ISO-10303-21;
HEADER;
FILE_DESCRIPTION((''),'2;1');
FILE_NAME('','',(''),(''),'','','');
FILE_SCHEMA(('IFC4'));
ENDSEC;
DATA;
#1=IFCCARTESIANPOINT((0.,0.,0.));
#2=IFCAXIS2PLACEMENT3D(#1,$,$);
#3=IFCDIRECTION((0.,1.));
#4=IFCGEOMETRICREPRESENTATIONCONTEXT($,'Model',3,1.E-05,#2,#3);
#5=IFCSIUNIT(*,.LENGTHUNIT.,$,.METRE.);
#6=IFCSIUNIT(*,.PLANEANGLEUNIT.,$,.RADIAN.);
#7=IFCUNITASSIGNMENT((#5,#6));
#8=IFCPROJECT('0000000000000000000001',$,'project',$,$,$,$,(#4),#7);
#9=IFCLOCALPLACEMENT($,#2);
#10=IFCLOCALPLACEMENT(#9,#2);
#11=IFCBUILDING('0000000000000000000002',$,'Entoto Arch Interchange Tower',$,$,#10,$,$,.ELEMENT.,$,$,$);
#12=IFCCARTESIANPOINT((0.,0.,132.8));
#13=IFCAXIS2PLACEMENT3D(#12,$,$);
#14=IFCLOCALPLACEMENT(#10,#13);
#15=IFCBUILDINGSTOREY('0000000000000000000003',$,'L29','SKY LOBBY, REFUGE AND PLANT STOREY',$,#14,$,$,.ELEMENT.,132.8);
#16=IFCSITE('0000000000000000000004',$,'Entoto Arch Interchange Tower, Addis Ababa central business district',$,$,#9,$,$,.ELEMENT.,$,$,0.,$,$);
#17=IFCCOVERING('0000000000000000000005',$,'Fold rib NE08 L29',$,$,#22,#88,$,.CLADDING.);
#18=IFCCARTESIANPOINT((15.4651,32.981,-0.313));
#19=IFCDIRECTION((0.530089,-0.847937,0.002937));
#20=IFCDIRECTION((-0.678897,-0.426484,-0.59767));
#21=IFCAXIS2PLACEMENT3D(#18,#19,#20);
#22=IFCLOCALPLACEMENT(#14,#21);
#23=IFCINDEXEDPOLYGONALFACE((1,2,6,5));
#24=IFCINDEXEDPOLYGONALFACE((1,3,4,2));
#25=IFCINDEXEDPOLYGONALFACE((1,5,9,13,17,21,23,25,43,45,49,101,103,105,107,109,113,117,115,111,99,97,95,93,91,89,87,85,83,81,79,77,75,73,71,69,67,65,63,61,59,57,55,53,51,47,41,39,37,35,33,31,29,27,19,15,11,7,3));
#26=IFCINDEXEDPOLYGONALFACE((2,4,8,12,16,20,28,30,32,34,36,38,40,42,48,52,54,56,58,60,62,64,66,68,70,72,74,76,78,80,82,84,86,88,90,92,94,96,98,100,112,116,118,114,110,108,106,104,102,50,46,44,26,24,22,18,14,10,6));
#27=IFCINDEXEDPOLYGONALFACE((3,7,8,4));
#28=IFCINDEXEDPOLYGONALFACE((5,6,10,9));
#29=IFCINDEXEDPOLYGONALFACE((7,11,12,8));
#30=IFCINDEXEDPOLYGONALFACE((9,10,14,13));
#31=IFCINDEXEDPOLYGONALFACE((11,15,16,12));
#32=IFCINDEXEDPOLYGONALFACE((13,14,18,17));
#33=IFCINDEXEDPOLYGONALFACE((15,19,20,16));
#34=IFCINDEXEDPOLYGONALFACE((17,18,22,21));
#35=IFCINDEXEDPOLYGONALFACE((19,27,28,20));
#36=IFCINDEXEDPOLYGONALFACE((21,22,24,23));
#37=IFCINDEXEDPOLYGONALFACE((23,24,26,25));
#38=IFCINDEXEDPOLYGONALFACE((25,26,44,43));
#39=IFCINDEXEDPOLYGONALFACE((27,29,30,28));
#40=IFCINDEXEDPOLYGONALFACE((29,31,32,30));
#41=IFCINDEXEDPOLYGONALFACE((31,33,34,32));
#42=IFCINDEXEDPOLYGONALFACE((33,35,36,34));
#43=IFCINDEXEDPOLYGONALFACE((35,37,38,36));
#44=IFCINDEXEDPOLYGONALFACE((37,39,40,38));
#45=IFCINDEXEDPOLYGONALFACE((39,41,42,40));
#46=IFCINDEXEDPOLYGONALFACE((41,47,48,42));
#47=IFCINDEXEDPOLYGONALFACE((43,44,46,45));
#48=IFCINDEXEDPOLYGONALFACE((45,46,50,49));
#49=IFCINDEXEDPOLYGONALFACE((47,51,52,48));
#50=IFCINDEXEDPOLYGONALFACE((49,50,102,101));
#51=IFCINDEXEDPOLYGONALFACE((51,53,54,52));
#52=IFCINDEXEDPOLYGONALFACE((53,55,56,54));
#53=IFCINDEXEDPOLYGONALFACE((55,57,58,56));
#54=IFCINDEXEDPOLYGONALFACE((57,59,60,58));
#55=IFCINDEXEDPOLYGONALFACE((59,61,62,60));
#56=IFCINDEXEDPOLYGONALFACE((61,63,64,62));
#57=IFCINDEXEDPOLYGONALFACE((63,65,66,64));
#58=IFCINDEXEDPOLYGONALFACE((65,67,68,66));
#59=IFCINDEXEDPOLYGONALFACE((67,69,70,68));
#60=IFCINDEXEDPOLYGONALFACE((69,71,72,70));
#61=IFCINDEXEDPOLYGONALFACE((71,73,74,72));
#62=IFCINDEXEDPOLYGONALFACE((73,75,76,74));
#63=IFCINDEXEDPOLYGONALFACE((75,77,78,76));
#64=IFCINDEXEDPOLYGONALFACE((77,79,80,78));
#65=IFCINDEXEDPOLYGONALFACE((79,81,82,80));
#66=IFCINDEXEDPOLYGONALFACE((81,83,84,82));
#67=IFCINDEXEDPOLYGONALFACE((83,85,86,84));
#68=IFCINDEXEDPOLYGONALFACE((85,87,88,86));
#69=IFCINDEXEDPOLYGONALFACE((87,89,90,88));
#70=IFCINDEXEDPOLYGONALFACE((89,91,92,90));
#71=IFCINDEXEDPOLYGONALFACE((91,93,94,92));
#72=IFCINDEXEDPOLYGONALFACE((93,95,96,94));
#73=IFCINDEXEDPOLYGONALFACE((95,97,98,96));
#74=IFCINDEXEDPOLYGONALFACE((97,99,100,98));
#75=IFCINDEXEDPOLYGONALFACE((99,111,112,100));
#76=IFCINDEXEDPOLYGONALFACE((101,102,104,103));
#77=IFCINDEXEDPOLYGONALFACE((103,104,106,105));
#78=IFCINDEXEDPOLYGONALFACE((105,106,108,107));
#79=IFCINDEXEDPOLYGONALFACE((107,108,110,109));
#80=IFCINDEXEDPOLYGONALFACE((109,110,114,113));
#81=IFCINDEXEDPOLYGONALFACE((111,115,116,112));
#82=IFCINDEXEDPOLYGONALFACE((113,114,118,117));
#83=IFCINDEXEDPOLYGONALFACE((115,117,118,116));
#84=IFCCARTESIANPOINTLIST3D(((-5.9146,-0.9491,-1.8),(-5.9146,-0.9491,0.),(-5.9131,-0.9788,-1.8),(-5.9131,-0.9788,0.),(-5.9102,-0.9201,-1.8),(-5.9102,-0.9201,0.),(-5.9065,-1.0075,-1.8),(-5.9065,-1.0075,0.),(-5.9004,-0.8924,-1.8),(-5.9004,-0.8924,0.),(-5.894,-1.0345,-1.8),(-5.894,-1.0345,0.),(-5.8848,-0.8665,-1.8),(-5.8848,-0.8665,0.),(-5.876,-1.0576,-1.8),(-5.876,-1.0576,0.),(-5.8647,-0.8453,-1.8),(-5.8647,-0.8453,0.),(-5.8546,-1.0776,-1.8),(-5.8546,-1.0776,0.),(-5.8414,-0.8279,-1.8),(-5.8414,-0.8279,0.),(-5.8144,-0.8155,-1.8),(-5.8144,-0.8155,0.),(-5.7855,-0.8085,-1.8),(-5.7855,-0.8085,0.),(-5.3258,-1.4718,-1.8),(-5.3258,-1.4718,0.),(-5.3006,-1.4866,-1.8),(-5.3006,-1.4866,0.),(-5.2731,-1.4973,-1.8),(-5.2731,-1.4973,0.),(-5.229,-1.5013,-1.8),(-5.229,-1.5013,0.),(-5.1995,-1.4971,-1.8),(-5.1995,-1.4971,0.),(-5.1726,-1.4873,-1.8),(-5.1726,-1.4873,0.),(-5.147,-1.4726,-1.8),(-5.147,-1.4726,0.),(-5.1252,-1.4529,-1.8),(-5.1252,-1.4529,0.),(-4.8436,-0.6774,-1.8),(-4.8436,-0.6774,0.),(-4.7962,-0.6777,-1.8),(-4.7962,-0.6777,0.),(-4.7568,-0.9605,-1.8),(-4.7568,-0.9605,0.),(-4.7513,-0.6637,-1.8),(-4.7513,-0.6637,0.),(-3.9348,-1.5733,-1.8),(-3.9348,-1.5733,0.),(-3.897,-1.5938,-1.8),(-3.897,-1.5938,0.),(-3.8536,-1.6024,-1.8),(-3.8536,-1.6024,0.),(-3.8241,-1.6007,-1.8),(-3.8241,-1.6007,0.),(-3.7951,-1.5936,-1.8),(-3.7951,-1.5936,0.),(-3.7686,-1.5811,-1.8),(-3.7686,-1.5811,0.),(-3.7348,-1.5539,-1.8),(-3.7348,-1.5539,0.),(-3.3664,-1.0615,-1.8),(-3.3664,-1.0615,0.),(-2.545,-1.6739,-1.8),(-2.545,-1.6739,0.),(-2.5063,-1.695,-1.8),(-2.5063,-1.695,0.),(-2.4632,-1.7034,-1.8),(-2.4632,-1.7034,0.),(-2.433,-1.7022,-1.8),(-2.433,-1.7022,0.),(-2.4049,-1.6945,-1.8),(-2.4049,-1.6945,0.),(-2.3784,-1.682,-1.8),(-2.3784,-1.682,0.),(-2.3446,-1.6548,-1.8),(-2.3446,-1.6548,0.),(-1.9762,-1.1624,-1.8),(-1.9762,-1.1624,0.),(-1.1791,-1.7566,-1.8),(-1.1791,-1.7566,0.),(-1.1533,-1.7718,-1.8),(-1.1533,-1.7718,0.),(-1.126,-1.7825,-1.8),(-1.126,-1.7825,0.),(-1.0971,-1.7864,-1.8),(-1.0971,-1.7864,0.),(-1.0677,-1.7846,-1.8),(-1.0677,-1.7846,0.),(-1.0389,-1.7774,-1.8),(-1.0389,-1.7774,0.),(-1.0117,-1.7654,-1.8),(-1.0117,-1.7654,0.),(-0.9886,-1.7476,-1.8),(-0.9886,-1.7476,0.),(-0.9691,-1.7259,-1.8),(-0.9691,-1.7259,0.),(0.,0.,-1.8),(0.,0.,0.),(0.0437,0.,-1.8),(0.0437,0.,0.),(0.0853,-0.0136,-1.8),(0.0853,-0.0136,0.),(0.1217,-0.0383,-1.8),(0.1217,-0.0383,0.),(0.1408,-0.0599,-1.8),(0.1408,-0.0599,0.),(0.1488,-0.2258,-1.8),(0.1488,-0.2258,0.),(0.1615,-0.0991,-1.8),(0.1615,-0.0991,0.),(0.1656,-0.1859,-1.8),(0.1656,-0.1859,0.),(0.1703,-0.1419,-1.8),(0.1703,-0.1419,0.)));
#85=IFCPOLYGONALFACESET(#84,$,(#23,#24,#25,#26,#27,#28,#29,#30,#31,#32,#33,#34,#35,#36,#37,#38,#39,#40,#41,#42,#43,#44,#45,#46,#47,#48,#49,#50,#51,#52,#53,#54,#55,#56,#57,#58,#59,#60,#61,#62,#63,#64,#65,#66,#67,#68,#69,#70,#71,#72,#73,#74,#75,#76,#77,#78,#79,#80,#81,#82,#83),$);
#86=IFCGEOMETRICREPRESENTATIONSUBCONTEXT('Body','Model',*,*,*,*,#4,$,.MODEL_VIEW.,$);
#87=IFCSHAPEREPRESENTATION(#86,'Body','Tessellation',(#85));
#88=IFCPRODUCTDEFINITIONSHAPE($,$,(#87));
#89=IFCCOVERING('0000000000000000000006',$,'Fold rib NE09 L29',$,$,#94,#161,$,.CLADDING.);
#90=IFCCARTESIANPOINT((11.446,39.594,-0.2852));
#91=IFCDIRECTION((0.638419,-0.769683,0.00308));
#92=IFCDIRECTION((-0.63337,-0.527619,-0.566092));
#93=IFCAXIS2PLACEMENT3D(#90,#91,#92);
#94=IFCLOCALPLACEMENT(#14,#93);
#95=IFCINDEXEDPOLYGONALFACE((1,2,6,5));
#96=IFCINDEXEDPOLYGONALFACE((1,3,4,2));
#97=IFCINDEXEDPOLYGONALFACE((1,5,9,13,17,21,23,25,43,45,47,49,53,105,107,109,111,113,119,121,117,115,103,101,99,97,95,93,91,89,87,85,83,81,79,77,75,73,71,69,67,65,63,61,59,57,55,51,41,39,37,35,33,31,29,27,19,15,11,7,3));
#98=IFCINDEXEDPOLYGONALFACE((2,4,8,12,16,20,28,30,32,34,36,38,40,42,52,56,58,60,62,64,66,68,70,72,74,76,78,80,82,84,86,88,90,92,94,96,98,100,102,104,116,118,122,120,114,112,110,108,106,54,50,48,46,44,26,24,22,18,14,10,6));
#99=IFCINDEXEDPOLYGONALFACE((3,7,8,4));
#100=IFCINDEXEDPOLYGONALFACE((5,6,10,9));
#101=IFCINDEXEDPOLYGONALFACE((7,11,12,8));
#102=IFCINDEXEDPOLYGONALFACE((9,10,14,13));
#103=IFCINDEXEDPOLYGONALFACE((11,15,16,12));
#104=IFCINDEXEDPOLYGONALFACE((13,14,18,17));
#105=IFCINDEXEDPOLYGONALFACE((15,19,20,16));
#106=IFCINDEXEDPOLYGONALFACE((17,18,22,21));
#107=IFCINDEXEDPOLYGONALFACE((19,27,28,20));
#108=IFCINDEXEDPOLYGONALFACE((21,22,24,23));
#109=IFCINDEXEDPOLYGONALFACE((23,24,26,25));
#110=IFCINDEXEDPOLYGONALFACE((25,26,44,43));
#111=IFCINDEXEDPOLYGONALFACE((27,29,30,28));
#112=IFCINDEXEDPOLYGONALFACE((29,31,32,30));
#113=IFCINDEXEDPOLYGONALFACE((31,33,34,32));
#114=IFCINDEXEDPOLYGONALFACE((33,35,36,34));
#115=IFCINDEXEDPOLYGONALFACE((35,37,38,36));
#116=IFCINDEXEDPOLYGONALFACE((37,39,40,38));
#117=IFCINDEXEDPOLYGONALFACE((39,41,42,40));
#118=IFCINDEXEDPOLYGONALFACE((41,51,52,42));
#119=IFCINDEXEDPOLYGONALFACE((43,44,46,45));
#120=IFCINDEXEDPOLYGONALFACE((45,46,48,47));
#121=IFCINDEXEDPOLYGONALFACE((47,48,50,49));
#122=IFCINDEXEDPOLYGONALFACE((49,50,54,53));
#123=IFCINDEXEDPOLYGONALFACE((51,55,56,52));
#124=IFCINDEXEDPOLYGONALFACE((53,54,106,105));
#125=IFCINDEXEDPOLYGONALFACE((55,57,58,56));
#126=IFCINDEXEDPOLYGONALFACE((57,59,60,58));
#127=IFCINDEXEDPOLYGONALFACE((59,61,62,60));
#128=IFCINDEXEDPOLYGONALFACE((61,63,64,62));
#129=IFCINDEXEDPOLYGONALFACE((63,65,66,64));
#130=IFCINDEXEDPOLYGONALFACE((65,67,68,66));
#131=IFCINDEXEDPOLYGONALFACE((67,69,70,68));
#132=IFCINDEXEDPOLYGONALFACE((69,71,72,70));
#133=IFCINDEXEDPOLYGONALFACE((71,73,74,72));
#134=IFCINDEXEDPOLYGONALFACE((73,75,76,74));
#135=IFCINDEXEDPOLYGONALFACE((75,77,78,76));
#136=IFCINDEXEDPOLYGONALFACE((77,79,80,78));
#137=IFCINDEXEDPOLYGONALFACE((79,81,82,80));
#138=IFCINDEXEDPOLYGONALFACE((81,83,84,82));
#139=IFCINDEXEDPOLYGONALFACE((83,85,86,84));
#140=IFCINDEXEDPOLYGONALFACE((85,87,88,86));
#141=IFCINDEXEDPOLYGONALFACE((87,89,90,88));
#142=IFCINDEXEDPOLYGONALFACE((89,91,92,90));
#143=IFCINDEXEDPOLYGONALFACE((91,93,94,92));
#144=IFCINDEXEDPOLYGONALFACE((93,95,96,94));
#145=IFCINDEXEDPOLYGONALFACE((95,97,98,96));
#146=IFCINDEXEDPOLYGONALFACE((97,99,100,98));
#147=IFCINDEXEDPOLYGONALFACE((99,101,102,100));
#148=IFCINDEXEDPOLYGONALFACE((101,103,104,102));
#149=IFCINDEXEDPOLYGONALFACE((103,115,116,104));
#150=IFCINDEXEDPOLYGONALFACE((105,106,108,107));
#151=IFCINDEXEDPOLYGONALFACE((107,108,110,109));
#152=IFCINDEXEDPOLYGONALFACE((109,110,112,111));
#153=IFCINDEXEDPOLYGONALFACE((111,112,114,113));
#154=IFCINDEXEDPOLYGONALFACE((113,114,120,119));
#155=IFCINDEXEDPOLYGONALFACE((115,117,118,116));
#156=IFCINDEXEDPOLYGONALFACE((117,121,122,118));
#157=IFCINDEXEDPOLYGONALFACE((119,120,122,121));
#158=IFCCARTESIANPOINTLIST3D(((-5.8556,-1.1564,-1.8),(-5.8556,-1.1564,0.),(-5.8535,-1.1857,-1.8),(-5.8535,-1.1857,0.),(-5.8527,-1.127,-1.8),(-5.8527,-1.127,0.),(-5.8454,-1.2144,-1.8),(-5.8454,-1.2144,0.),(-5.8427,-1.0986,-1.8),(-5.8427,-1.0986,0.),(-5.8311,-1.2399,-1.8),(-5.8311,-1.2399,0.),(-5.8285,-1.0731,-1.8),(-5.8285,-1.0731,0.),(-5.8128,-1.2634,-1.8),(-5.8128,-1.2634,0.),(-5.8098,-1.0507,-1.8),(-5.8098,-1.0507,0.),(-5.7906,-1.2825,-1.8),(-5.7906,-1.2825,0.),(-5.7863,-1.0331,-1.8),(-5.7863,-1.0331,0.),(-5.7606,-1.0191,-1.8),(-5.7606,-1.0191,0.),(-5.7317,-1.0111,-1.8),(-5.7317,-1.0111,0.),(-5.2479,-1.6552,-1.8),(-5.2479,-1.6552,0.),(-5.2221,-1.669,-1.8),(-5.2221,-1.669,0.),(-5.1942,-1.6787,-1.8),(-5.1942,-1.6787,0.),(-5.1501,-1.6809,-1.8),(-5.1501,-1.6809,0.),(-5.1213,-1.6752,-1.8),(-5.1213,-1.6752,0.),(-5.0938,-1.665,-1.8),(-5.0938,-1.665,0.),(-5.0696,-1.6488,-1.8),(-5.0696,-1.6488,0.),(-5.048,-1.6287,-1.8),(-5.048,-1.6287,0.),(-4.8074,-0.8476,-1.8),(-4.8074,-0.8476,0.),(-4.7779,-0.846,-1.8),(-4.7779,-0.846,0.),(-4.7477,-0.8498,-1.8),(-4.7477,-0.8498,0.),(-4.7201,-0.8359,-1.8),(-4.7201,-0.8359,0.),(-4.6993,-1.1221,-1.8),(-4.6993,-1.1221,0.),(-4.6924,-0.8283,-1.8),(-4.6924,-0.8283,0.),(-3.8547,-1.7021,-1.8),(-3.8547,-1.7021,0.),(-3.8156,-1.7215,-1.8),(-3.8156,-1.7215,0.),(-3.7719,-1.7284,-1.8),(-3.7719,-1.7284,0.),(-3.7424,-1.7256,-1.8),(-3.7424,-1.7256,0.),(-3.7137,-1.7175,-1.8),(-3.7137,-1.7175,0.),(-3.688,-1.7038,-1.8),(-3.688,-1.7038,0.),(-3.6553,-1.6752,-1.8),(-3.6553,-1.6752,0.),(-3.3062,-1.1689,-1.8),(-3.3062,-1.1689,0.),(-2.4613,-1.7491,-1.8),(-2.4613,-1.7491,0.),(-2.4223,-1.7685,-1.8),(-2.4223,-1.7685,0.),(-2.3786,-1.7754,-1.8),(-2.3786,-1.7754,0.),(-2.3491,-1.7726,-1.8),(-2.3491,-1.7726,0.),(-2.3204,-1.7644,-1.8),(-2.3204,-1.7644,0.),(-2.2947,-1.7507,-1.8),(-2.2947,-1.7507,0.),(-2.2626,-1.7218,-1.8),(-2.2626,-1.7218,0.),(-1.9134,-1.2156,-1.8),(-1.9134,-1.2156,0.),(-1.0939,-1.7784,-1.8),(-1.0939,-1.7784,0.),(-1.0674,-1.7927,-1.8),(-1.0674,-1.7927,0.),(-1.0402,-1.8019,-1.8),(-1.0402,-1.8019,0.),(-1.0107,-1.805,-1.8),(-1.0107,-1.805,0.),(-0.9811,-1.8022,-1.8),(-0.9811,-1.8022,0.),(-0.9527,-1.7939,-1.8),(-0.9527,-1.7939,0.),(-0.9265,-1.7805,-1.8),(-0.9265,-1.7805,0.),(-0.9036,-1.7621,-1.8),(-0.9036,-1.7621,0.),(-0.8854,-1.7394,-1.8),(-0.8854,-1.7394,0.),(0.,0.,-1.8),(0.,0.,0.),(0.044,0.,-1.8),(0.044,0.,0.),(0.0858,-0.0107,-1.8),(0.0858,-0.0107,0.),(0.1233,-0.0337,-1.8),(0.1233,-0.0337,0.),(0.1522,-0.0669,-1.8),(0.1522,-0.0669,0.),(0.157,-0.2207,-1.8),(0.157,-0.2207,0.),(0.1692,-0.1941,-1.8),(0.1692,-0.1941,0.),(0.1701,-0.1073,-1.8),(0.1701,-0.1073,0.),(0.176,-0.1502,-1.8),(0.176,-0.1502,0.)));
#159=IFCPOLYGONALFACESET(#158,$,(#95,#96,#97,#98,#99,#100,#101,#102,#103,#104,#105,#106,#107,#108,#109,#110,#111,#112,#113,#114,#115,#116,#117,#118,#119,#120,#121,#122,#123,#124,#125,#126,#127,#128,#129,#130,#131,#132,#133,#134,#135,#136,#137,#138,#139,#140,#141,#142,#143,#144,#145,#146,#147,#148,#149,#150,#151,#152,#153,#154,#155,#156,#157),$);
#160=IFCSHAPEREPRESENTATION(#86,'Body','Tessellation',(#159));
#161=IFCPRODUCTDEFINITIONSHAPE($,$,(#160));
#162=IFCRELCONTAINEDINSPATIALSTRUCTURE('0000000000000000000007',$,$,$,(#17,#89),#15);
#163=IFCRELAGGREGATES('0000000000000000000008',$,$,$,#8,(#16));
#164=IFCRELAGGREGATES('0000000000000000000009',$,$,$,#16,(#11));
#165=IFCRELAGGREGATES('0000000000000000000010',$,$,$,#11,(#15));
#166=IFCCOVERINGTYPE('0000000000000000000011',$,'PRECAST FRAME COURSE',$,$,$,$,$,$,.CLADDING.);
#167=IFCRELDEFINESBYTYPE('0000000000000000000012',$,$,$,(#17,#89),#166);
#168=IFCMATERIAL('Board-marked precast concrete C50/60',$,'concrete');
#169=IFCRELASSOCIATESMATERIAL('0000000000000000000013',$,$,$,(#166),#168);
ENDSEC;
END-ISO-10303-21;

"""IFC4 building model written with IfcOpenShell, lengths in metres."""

from ifc_helpers import new_model, si_unit, direction, frame, origin, place, context, subcontext, project, spatial, polyline, outline, extrude, material, type_object, element, save


model = new_model("IFC4")

# Units and contexts
model_context = context("Model", 3, precision=1e-05, world=origin(), true_north=direction((0.0, 1.0)))
body_context = subcontext(model_context, "Body", "Model", "MODEL_VIEW")
ifc_project = project(units=[si_unit("LENGTHUNIT", "METRE"), si_unit("PLANEANGLEUNIT", "RADIAN")], contexts=[model_context])

# Site, building, storey
site_placement = place(None, origin())
site = spatial("IfcSite", under=ifc_project, at=site_placement, Name="Entoto Arch Interchange Tower, Addis Ababa central business district", CompositionType="ELEMENT", RefElevation=0.0)
building_placement = place(site_placement, origin())
building = spatial("IfcBuilding", under=site, at=building_placement, Name="Entoto Arch Interchange Tower", CompositionType="ELEMENT")
storey_placement = place(building_placement, frame((0.0, 0.0, 132.8)))
storey = spatial("IfcBuildingStorey", under=building, at=storey_placement, Name="L29", Description="SKY LOBBY, REFUGE AND PLANT STOREY", CompositionType="ELEMENT", Elevation=132.8)

# Shared definitions
ifc_material_1 = material(Name="Board-marked precast concrete C50/60", Category="concrete")

# Coverings
covering_type = type_object("IfcCoveringType", Name="PRECAST FRAME COURSE", PredefinedType="CLADDING", material=ifc_material_1)
covering_1_placement = place(storey_placement, frame((15.4651, 32.981, -0.313), z_axis=(0.530089, -0.847937, 0.002937), x_axis=(-0.678897, -0.426484, -0.59767)))
element("IfcCovering", 1, at=covering_1_placement, inside=storey, type_object=covering_type, Name="Fold rib NE08 L29", PredefinedType="CLADDING", context=body_context, shape_type="SweptSolid", body=[
    extrude(outline(polyline([(0.0, 0.0), (0.0437, 0.0), (0.0853, -0.0136), (0.1217, -0.0383), (0.1408, -0.0599), (0.1615, -0.0991), (0.1703, -0.1419), (0.1656, -0.1859), (0.1488, -0.2258), (-0.9691, -1.7259), (-0.9886, -1.7476), (-1.0117, -1.7654), (-1.0389, -1.7774), (-1.0677, -1.7846), (-1.0971, -1.7864), (-1.126, -1.7825), (-1.1533, -1.7718), (-1.1791, -1.7566), (-1.9762, -1.1624), (-2.3446, -1.6548), (-2.3784, -1.682), (-2.4049, -1.6945), (-2.433, -1.7022), (-2.4632, -1.7034), (-2.5063, -1.695), (-2.545, -1.6739), (-3.3664, -1.0615), (-3.7348, -1.5539), (-3.7686, -1.5811), (-3.7951, -1.5936), (-3.8241, -1.6007), (-3.8536, -1.6024), (-3.897, -1.5938), (-3.9348, -1.5733), (-4.7568, -0.9605), (-5.1252, -1.4529), (-5.147, -1.4726), (-5.1726, -1.4873), (-5.1995, -1.4971), (-5.229, -1.5013), (-5.2731, -1.4973), (-5.3006, -1.4866), (-5.3258, -1.4718), (-5.8546, -1.0776), (-5.876, -1.0576), (-5.894, -1.0345), (-5.9065, -1.0075), (-5.9131, -0.9788), (-5.9146, -0.9491), (-5.9102, -0.9201), (-5.9004, -0.8924), (-5.8848, -0.8665), (-5.8647, -0.8453), (-5.8414, -0.8279), (-5.8144, -0.8155), (-5.7855, -0.8085), (-4.8436, -0.6774), (-4.7962, -0.6777), (-4.7513, -0.6637), (0.0, 0.0)])), origin(), (0.0, 0.0, -1.0), 1.8),
])
covering_2_placement = place(storey_placement, frame((11.446, 39.594, -0.2852), z_axis=(0.638419, -0.769683, 0.00308), x_axis=(-0.63337, -0.527619, -0.566092)))
element("IfcCovering", 2, at=covering_2_placement, inside=storey, type_object=covering_type, Name="Fold rib NE09 L29", PredefinedType="CLADDING", context=body_context, shape_type="SweptSolid", body=[
    extrude(outline(polyline([(0.0, 0.0), (0.044, 0.0), (0.0858, -0.0107), (0.1233, -0.0337), (0.1522, -0.0669), (0.1701, -0.1073), (0.176, -0.1502), (0.1692, -0.1941), (0.157, -0.2207), (-0.8854, -1.7394), (-0.9036, -1.7621), (-0.9265, -1.7805), (-0.9527, -1.7939), (-0.9811, -1.8022), (-1.0107, -1.805), (-1.0402, -1.8019), (-1.0674, -1.7927), (-1.0939, -1.7784), (-1.9134, -1.2156), (-2.2626, -1.7218), (-2.2947, -1.7507), (-2.3204, -1.7644), (-2.3491, -1.7726), (-2.3786, -1.7754), (-2.4223, -1.7685), (-2.4613, -1.7491), (-3.3062, -1.1689), (-3.6553, -1.6752), (-3.688, -1.7038), (-3.7137, -1.7175), (-3.7424, -1.7256), (-3.7719, -1.7284), (-3.8156, -1.7215), (-3.8547, -1.7021), (-4.6993, -1.1221), (-5.048, -1.6287), (-5.0696, -1.6488), (-5.0938, -1.665), (-5.1213, -1.6752), (-5.1501, -1.6809), (-5.1942, -1.6787), (-5.2221, -1.669), (-5.2479, -1.6552), (-5.7906, -1.2825), (-5.8128, -1.2634), (-5.8311, -1.2399), (-5.8454, -1.2144), (-5.8535, -1.1857), (-5.8556, -1.1564), (-5.8527, -1.127), (-5.8427, -1.0986), (-5.8285, -1.0731), (-5.8098, -1.0507), (-5.7863, -1.0331), (-5.7606, -1.0191), (-5.7317, -1.0111), (-4.8074, -0.8476), (-4.7779, -0.846), (-4.7477, -0.8498), (-4.7201, -0.8359), (-4.6924, -0.8283), (0.0, 0.0)])), origin(), (0.0, 0.0, -1.0), 1.8),
])

save(model, "model.ifc")
